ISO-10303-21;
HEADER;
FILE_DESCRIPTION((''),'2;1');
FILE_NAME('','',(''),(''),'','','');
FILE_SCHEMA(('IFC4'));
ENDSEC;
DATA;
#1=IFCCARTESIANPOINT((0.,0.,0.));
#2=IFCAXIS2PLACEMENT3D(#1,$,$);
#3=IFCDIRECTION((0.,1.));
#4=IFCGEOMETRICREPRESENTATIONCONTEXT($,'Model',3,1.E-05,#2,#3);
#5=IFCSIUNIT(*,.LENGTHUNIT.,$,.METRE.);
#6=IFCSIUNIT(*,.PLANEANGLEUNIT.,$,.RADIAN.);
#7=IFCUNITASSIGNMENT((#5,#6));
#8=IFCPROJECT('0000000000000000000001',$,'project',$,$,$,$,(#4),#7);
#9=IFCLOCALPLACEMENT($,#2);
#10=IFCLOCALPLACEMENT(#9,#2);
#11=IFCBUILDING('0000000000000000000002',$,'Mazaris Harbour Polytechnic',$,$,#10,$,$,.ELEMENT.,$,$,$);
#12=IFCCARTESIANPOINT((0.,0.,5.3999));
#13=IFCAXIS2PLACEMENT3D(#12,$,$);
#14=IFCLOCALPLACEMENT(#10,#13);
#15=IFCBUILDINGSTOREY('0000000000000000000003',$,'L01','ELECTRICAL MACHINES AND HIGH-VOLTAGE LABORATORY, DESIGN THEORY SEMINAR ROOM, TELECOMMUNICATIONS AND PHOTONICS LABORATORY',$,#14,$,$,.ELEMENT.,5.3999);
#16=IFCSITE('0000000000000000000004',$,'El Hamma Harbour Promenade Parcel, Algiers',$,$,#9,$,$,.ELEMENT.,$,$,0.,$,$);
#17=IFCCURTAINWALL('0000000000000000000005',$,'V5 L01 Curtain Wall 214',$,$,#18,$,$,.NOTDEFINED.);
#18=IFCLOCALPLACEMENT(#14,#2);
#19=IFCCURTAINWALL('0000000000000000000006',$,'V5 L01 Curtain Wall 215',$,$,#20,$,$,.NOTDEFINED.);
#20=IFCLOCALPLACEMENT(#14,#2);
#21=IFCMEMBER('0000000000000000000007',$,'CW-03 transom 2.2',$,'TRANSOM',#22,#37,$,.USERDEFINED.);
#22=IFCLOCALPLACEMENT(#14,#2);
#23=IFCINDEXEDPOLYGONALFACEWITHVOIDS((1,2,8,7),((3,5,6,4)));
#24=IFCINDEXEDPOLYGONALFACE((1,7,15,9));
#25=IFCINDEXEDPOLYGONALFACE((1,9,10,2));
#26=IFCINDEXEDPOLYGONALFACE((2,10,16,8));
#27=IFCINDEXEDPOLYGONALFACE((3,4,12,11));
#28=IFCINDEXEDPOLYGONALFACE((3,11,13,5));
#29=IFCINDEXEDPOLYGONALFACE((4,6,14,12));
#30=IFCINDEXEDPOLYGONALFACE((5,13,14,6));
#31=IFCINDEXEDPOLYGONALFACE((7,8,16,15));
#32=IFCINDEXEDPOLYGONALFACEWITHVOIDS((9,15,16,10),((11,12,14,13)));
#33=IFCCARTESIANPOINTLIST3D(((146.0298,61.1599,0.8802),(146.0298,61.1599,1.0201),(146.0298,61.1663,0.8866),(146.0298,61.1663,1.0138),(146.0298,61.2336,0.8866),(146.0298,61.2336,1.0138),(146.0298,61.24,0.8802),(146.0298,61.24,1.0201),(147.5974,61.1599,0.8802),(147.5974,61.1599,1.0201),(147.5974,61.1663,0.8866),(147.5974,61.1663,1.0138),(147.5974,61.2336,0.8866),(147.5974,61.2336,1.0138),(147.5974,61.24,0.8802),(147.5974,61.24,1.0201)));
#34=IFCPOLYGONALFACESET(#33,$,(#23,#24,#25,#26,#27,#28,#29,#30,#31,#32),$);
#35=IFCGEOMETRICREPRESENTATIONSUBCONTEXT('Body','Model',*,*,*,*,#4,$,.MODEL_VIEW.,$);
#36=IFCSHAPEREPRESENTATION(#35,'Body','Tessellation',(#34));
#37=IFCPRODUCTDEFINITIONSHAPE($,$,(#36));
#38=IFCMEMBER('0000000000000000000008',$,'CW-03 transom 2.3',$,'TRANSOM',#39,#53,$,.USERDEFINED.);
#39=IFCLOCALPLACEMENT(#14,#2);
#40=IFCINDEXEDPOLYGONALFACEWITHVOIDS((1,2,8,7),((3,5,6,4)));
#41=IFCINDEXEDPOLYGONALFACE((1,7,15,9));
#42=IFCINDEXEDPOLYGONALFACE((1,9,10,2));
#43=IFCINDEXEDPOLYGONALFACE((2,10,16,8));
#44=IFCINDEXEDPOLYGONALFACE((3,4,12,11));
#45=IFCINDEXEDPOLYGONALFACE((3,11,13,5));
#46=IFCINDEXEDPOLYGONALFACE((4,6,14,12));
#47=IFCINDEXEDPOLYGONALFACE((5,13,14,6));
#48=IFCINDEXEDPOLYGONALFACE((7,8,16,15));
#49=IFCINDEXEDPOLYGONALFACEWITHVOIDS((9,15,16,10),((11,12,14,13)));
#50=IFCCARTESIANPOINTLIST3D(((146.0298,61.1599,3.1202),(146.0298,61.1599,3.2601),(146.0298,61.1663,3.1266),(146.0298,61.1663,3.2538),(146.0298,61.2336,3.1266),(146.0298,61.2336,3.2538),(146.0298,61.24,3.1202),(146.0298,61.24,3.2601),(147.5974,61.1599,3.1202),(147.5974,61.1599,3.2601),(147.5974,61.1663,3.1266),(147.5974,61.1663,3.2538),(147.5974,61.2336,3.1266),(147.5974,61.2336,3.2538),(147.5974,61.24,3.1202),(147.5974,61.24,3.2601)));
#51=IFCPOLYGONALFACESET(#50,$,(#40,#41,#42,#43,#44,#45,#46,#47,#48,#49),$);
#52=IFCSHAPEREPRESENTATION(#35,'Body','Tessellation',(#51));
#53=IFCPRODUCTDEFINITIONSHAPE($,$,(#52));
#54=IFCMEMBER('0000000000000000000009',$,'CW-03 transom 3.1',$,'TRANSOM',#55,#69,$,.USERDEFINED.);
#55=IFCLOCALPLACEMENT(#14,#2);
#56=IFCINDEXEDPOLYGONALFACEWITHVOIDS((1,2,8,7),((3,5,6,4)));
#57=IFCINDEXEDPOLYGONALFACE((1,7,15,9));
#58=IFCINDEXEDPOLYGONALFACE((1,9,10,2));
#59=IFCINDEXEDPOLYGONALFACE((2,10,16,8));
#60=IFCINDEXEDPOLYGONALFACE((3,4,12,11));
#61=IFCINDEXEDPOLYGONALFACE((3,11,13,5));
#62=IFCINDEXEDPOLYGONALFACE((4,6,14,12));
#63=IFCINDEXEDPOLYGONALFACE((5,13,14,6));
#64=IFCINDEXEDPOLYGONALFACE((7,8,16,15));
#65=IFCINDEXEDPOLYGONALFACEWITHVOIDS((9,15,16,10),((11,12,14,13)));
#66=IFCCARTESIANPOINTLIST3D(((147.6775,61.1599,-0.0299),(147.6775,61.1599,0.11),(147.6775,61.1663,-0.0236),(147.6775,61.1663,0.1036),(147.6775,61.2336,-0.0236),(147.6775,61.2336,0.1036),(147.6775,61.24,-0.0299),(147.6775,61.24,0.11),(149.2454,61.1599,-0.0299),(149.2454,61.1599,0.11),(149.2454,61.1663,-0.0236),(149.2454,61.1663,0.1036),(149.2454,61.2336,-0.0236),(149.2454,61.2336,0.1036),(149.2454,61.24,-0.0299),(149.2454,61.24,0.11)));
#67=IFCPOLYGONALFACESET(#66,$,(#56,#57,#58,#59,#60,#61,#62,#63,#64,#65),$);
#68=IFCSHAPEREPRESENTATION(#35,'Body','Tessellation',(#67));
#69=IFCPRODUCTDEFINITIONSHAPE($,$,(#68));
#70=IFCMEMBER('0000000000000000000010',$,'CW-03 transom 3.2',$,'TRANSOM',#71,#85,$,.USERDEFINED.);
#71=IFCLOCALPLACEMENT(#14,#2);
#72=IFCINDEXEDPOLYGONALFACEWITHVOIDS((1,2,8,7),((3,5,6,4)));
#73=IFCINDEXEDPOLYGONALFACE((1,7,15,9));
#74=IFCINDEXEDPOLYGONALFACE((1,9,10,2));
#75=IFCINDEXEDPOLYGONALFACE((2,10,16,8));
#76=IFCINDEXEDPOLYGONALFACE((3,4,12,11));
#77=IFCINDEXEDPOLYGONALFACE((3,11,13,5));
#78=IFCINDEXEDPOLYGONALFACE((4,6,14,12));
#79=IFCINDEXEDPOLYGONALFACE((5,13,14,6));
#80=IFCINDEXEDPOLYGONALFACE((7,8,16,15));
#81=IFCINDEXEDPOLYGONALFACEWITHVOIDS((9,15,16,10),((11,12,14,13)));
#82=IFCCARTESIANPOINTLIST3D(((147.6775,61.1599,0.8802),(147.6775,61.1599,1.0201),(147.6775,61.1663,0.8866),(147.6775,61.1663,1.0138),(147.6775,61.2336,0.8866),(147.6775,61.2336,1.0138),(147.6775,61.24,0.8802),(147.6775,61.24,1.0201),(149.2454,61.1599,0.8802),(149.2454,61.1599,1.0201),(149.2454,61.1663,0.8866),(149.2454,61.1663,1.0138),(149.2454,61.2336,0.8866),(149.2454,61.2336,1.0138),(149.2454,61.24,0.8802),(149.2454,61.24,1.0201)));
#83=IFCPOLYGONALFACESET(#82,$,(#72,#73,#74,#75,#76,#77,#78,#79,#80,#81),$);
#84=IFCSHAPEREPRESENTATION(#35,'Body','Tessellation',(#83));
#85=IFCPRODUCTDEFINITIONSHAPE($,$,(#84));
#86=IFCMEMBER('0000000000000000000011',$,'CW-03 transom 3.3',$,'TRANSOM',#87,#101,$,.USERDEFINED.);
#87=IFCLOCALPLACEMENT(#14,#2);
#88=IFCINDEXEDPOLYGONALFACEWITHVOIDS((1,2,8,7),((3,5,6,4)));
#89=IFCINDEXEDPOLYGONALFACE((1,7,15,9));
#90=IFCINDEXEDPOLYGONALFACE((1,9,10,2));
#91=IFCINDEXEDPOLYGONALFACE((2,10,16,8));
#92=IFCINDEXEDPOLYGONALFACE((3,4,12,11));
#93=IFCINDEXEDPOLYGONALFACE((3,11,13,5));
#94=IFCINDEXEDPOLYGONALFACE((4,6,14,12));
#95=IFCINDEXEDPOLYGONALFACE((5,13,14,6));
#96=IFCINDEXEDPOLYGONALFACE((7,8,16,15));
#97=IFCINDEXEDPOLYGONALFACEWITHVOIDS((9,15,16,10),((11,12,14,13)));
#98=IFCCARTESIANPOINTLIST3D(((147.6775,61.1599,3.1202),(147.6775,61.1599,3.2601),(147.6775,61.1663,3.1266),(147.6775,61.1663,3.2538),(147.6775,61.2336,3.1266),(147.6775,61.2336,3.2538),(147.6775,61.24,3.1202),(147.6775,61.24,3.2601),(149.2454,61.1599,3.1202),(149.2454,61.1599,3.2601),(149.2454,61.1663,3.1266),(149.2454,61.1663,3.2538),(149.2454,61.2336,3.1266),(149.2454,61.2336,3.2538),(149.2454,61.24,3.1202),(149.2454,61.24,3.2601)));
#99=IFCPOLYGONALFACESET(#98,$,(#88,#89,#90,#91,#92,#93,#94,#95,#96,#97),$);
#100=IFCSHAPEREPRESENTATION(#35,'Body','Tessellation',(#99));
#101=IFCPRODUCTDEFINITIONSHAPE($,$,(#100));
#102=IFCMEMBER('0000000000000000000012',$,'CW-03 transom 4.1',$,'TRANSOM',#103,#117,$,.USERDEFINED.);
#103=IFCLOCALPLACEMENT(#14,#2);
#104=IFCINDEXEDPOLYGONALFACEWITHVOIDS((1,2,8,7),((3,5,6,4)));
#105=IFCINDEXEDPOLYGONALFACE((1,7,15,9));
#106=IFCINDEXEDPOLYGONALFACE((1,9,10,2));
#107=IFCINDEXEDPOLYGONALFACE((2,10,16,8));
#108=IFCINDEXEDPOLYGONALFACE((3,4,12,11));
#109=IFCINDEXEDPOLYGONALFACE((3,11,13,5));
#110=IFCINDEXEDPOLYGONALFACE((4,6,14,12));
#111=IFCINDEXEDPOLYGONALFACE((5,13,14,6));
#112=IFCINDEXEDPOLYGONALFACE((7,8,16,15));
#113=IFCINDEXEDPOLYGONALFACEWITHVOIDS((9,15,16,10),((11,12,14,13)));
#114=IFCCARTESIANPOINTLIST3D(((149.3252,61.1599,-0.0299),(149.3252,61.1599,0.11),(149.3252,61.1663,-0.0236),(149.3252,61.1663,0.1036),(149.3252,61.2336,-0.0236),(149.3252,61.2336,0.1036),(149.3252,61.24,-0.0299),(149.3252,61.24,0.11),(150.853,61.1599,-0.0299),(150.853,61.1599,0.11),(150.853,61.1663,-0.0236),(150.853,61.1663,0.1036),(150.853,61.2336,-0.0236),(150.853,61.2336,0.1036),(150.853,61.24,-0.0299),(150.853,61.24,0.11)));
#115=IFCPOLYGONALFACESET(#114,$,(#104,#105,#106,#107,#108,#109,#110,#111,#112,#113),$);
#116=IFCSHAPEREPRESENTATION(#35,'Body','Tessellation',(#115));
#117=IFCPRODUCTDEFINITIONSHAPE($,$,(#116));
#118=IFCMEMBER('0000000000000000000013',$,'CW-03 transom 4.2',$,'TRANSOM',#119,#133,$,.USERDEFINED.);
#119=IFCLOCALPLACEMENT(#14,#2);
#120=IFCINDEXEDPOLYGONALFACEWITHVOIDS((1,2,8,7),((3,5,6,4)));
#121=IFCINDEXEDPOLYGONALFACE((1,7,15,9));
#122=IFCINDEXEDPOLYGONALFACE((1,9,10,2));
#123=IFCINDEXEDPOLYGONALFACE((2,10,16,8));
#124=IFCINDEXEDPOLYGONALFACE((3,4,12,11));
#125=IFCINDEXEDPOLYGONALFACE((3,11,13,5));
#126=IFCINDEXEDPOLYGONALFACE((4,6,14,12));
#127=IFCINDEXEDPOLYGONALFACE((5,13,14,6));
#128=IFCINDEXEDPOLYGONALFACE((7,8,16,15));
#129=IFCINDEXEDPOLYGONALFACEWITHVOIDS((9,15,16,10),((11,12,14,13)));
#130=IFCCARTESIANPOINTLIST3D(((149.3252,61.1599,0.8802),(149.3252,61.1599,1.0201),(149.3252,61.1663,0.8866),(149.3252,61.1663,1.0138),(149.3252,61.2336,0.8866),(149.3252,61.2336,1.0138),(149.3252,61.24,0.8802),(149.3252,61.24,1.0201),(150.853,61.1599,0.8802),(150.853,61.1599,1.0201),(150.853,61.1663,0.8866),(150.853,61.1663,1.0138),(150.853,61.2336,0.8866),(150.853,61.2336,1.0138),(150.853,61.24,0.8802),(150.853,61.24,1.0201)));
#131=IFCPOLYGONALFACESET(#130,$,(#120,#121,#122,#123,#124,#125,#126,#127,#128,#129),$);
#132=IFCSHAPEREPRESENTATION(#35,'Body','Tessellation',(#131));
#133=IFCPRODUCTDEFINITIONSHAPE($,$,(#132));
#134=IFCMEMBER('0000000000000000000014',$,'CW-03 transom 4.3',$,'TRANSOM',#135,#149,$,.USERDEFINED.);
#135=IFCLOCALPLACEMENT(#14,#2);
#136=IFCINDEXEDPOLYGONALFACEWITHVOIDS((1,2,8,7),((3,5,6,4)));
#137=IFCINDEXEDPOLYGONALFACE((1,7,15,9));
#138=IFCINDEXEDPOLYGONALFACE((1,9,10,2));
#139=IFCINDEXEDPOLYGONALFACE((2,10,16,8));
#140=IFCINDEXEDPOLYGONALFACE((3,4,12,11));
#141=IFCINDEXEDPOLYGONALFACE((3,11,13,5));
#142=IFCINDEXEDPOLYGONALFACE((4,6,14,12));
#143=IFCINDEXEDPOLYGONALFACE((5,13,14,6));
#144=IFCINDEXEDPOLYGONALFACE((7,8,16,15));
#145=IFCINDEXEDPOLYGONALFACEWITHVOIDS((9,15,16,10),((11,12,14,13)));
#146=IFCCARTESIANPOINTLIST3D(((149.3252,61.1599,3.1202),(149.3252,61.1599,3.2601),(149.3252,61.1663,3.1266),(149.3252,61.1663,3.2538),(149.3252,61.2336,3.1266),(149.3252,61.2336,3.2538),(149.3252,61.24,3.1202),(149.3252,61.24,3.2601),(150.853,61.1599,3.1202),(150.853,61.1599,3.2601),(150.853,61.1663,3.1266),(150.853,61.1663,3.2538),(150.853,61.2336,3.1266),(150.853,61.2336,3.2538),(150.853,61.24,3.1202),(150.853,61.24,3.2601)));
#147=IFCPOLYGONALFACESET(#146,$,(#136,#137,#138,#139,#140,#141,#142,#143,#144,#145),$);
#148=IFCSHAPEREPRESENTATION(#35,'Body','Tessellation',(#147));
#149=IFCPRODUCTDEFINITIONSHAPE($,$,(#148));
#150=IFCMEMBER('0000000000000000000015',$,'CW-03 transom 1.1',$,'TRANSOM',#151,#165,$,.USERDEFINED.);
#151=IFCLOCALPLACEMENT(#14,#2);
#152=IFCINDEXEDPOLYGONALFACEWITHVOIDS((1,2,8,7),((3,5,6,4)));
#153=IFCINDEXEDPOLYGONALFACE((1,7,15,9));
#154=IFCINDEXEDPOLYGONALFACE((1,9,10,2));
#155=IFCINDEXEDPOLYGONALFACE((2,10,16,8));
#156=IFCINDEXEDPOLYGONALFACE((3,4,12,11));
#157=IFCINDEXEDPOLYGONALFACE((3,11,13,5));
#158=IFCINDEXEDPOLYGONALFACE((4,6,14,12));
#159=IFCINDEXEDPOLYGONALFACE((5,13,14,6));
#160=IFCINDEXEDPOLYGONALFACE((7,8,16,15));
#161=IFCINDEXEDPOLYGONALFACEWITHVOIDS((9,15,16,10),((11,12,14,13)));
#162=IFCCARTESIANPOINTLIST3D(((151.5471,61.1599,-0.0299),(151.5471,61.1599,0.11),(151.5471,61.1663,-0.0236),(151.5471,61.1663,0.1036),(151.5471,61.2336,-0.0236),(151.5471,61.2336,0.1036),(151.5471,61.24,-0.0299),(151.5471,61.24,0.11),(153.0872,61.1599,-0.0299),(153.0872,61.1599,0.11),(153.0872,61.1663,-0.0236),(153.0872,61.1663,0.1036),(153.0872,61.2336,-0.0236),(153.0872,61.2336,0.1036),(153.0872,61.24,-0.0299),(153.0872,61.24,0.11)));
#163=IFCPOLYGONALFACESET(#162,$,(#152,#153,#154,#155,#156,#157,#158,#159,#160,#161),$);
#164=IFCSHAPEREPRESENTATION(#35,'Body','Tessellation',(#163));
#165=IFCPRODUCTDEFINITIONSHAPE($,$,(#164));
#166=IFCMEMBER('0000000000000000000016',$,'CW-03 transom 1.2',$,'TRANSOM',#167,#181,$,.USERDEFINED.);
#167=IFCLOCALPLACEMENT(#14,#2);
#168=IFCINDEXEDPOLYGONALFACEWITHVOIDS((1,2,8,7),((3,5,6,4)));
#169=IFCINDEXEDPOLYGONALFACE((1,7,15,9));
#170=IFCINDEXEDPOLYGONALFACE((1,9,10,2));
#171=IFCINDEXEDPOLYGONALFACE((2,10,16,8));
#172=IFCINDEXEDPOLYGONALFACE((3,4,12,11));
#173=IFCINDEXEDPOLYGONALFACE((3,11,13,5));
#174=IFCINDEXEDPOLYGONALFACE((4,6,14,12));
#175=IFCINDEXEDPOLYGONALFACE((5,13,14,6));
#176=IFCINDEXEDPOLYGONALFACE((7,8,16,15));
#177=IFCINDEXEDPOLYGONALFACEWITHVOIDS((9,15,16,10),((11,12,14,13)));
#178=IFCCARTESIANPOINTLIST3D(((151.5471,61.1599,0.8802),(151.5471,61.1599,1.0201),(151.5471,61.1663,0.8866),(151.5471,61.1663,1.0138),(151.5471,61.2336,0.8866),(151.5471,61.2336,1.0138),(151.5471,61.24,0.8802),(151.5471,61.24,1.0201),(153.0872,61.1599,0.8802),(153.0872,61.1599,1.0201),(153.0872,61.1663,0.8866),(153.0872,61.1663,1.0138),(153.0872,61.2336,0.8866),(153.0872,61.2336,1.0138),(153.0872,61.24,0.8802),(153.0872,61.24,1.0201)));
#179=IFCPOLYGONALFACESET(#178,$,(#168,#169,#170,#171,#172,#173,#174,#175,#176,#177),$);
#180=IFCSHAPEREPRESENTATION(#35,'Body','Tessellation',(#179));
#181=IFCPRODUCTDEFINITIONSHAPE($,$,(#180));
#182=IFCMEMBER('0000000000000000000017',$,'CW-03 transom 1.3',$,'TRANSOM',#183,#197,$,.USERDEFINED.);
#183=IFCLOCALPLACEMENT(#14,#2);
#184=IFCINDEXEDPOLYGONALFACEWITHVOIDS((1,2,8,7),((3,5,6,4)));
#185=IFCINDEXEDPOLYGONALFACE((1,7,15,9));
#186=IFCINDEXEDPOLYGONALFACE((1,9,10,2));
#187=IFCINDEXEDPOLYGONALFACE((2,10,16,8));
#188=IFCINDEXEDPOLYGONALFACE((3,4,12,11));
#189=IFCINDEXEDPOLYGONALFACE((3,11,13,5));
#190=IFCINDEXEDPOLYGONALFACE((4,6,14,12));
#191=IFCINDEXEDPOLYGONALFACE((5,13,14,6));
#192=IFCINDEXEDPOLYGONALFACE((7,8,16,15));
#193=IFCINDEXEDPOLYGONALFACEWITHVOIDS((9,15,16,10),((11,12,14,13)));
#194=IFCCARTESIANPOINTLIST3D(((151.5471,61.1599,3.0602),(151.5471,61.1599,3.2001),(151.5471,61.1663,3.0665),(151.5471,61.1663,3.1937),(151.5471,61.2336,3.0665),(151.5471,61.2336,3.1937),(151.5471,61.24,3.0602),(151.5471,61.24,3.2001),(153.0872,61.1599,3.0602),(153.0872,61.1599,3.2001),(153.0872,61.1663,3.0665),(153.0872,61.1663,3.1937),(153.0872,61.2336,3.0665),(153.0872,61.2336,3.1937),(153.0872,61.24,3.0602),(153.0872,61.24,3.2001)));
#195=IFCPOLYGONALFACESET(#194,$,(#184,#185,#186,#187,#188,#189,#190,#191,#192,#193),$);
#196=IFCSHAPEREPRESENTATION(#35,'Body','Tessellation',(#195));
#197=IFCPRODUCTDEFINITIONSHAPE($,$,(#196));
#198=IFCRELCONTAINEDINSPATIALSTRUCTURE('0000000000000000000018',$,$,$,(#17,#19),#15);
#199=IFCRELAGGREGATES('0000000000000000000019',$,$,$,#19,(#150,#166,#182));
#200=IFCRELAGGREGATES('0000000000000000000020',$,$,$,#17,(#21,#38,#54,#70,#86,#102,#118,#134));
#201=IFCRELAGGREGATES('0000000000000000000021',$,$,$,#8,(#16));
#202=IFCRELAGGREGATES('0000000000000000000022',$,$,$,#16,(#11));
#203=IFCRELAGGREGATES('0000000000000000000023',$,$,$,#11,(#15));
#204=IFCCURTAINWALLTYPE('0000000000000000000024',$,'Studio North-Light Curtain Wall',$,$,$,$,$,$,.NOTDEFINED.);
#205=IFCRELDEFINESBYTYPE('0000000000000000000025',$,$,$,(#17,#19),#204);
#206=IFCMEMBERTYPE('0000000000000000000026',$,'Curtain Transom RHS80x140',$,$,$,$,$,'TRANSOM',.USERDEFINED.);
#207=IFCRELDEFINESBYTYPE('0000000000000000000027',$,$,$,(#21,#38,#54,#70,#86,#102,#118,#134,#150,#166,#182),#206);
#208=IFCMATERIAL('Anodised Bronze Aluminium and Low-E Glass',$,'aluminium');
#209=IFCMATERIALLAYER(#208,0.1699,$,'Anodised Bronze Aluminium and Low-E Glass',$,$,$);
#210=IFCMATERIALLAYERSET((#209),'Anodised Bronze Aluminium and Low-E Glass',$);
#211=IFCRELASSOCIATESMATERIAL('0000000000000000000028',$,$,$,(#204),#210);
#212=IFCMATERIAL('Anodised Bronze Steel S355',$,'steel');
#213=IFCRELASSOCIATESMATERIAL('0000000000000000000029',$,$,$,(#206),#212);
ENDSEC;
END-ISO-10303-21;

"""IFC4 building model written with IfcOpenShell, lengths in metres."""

from ifc_helpers import new_model, si_unit, direction, frame, origin, origin_2d, place, context, subcontext, project, spatial, hollow_rectangle, extrude, material, layer, layer_set, material_profile, profile_set, type_object, element, aggregate, save


model = new_model("IFC4")

# Units and contexts
model_context = context("Model", 3, precision=1e-05, world=origin(), true_north=direction((0.0, 1.0)))
body_context = subcontext(model_context, "Body", "Model", "MODEL_VIEW")
ifc_project = project(units=[si_unit("LENGTHUNIT", "METRE"), si_unit("PLANEANGLEUNIT", "RADIAN")], contexts=[model_context])

# Site, building, storey
site_placement = place(None, origin())
site = spatial("IfcSite", under=ifc_project, at=site_placement, Name="El Hamma Harbour Promenade Parcel, Algiers", CompositionType="ELEMENT", RefElevation=0.0)
building_placement = place(site_placement, origin())
building = spatial("IfcBuilding", under=site, at=building_placement, Name="Mazaris Harbour Polytechnic", CompositionType="ELEMENT")
storey_placement = place(building_placement, frame((0.0, 0.0, 5.3999)))
storey = spatial("IfcBuildingStorey", under=building, at=storey_placement, Name="L01", Description="ELECTRICAL MACHINES AND HIGH-VOLTAGE LABORATORY, DESIGN THEORY SEMINAR ROOM, TELECOMMUNICATIONS AND PHOTONICS LABORATORY", CompositionType="ELEMENT", Elevation=5.3999)

# Curtain wall
ifc_material_1 = material(Name="Anodised Bronze Aluminium and Low-E Glass", Category="aluminium")
ifc_layer_1 = layer(ifc_material_1, 0.1699, Name="Anodised Bronze Aluminium and Low-E Glass")
ifc_layer_set_1 = layer_set([ifc_layer_1], Name="Anodised Bronze Aluminium and Low-E Glass")
curtain_wall_type = type_object("IfcCurtainWallType", Name="Studio North-Light Curtain Wall", PredefinedType="NOTDEFINED", material=ifc_layer_set_1)
curtain_wall_1_placement = place(storey_placement, origin())
curtain_wall_1 = element("IfcCurtainWall", 1, at=curtain_wall_1_placement, inside=storey, type_object=curtain_wall_type, Name="V5 L01 Curtain Wall 214", PredefinedType="NOTDEFINED")

# Curtain wall
curtain_wall_2_placement = place(storey_placement, origin())
curtain_wall_2 = element("IfcCurtainWall", 2, at=curtain_wall_2_placement, inside=storey, type_object=curtain_wall_type, Name="V5 L01 Curtain Wall 215", PredefinedType="NOTDEFINED")

# Members
ifc_material_2 = material(Name="Anodised Bronze Steel S355", Category="steel")
ifc_material_profile_1 = material_profile(ifc_material_2, hollow_rectangle(XDim=0.0801, YDim=0.1399, WallThickness=0.0063, at=origin_2d()), Name="RHS 80x140x6.3")
ifc_profile_set_1 = profile_set([ifc_material_profile_1], Name="Anodised Bronze Steel S355")
member_type_1 = type_object("IfcMemberType", Name="Curtain Transom RHS80x140", ElementType="TRANSOM", PredefinedType="USERDEFINED", material=ifc_profile_set_1)
member_1_placement = place(storey_placement, frame((146.0298, 61.2, 0.9502), z_axis=(1.0, 0.0, 0.0), x_axis=(0.0, 1.0, 0.0)))
member_1 = element("IfcMember", 3, at=member_1_placement, type_object=member_type_1, Name="CW-03 transom 2.2", ObjectType="TRANSOM", PredefinedType="USERDEFINED", context=body_context, shape_type="SweptSolid", body=[
    extrude(hollow_rectangle(XDim=0.0801, YDim=0.1399, WallThickness=0.0063, at=origin_2d()), origin(), (0.0, 0.0, 1.0), 1.5676),
])
member_2_placement = place(storey_placement, frame((146.0298, 61.2, 3.1902), z_axis=(1.0, 0.0, 0.0), x_axis=(0.0, 1.0, 0.0)))
member_2 = element("IfcMember", 4, at=member_2_placement, type_object=member_type_1, Name="CW-03 transom 2.3", ObjectType="TRANSOM", PredefinedType="USERDEFINED", context=body_context, shape_type="SweptSolid", body=[
    extrude(hollow_rectangle(XDim=0.0801, YDim=0.1399, WallThickness=0.0063, at=origin_2d()), origin(), (0.0, 0.0, 1.0), 1.5676),
])
member_3_placement = place(storey_placement, frame((147.6775, 61.2, 0.04), z_axis=(1.0, 0.0, 0.0), x_axis=(0.0, 1.0, 0.0)))
member_3 = element("IfcMember", 5, at=member_3_placement, type_object=member_type_1, Name="CW-03 transom 3.1", ObjectType="TRANSOM", PredefinedType="USERDEFINED", context=body_context, shape_type="SweptSolid", body=[
    extrude(hollow_rectangle(XDim=0.0801, YDim=0.1399, WallThickness=0.0063, at=origin_2d()), origin(), (0.0, 0.0, 1.0), 1.5679),
])
member_4_placement = place(storey_placement, frame((147.6775, 61.2, 0.9502), z_axis=(1.0, 0.0, 0.0), x_axis=(0.0, 1.0, 0.0)))
member_4 = element("IfcMember", 6, at=member_4_placement, type_object=member_type_1, Name="CW-03 transom 3.2", ObjectType="TRANSOM", PredefinedType="USERDEFINED", context=body_context, shape_type="SweptSolid", body=[
    extrude(hollow_rectangle(XDim=0.0801, YDim=0.1399, WallThickness=0.0063, at=origin_2d()), origin(), (0.0, 0.0, 1.0), 1.5679),
])
member_5_placement = place(storey_placement, frame((147.6775, 61.2, 3.1902), z_axis=(1.0, 0.0, 0.0), x_axis=(0.0, 1.0, 0.0)))
member_5 = element("IfcMember", 7, at=member_5_placement, type_object=member_type_1, Name="CW-03 transom 3.3", ObjectType="TRANSOM", PredefinedType="USERDEFINED", context=body_context, shape_type="SweptSolid", body=[
    extrude(hollow_rectangle(XDim=0.0801, YDim=0.1399, WallThickness=0.0063, at=origin_2d()), origin(), (0.0, 0.0, 1.0), 1.5679),
])
member_6_placement = place(storey_placement, frame((149.3252, 61.2, 0.04), z_axis=(1.0, 0.0, 0.0), x_axis=(0.0, 1.0, 0.0)))
member_6 = element("IfcMember", 8, at=member_6_placement, type_object=member_type_1, Name="CW-03 transom 4.1", ObjectType="TRANSOM", PredefinedType="USERDEFINED", context=body_context, shape_type="SweptSolid", body=[
    extrude(hollow_rectangle(XDim=0.0801, YDim=0.1399, WallThickness=0.0063, at=origin_2d()), origin(), (0.0, 0.0, 1.0), 1.5278),
])
member_7_placement = place(storey_placement, frame((149.3252, 61.2, 0.9502), z_axis=(1.0, 0.0, 0.0), x_axis=(0.0, 1.0, 0.0)))
member_7 = element("IfcMember", 9, at=member_7_placement, type_object=member_type_1, Name="CW-03 transom 4.2", ObjectType="TRANSOM", PredefinedType="USERDEFINED", context=body_context, shape_type="SweptSolid", body=[
    extrude(hollow_rectangle(XDim=0.0801, YDim=0.1399, WallThickness=0.0063, at=origin_2d()), origin(), (0.0, 0.0, 1.0), 1.5278),
])
member_8_placement = place(storey_placement, frame((149.3252, 61.2, 3.1902), z_axis=(1.0, 0.0, 0.0), x_axis=(0.0, 1.0, 0.0)))
member_8 = element("IfcMember", 10, at=member_8_placement, type_object=member_type_1, Name="CW-03 transom 4.3", ObjectType="TRANSOM", PredefinedType="USERDEFINED", context=body_context, shape_type="SweptSolid", body=[
    extrude(hollow_rectangle(XDim=0.0801, YDim=0.1399, WallThickness=0.0063, at=origin_2d()), origin(), (0.0, 0.0, 1.0), 1.5278),
])
member_9_placement = place(storey_placement, frame((151.5471, 61.2, 0.04), z_axis=(1.0, 0.0, 0.0), x_axis=(0.0, 1.0, 0.0)))
member_9 = element("IfcMember", 11, at=member_9_placement, type_object=member_type_1, Name="CW-03 transom 1.1", ObjectType="TRANSOM", PredefinedType="USERDEFINED", context=body_context, shape_type="SweptSolid", body=[
    extrude(hollow_rectangle(XDim=0.0801, YDim=0.1399, WallThickness=0.0063, at=origin_2d()), origin(), (0.0, 0.0, 1.0), 1.54),
])
member_10_placement = place(storey_placement, frame((151.5471, 61.2, 0.9502), z_axis=(1.0, 0.0, 0.0), x_axis=(0.0, 1.0, 0.0)))
member_10 = element("IfcMember", 12, at=member_10_placement, type_object=member_type_1, Name="CW-03 transom 1.2", ObjectType="TRANSOM", PredefinedType="USERDEFINED", context=body_context, shape_type="SweptSolid", body=[
    extrude(hollow_rectangle(XDim=0.0801, YDim=0.1399, WallThickness=0.0063, at=origin_2d()), origin(), (0.0, 0.0, 1.0), 1.54),
])
member_11_placement = place(storey_placement, frame((151.5471, 61.2, 3.1301), z_axis=(1.0, 0.0, 0.0), x_axis=(0.0, 1.0, 0.0)))
member_11 = element("IfcMember", 13, at=member_11_placement, type_object=member_type_1, Name="CW-03 transom 1.3", ObjectType="TRANSOM", PredefinedType="USERDEFINED", context=body_context, shape_type="SweptSolid", body=[
    extrude(hollow_rectangle(XDim=0.0801, YDim=0.1399, WallThickness=0.0063, at=origin_2d()), origin(), (0.0, 0.0, 1.0), 1.54),
])
aggregate(curtain_wall_2, [member_9, member_10, member_11])

aggregate(curtain_wall_1, [member_1, member_2, member_3, member_4, member_5, member_6, member_7, member_8])

save(model, "model.ifc")
